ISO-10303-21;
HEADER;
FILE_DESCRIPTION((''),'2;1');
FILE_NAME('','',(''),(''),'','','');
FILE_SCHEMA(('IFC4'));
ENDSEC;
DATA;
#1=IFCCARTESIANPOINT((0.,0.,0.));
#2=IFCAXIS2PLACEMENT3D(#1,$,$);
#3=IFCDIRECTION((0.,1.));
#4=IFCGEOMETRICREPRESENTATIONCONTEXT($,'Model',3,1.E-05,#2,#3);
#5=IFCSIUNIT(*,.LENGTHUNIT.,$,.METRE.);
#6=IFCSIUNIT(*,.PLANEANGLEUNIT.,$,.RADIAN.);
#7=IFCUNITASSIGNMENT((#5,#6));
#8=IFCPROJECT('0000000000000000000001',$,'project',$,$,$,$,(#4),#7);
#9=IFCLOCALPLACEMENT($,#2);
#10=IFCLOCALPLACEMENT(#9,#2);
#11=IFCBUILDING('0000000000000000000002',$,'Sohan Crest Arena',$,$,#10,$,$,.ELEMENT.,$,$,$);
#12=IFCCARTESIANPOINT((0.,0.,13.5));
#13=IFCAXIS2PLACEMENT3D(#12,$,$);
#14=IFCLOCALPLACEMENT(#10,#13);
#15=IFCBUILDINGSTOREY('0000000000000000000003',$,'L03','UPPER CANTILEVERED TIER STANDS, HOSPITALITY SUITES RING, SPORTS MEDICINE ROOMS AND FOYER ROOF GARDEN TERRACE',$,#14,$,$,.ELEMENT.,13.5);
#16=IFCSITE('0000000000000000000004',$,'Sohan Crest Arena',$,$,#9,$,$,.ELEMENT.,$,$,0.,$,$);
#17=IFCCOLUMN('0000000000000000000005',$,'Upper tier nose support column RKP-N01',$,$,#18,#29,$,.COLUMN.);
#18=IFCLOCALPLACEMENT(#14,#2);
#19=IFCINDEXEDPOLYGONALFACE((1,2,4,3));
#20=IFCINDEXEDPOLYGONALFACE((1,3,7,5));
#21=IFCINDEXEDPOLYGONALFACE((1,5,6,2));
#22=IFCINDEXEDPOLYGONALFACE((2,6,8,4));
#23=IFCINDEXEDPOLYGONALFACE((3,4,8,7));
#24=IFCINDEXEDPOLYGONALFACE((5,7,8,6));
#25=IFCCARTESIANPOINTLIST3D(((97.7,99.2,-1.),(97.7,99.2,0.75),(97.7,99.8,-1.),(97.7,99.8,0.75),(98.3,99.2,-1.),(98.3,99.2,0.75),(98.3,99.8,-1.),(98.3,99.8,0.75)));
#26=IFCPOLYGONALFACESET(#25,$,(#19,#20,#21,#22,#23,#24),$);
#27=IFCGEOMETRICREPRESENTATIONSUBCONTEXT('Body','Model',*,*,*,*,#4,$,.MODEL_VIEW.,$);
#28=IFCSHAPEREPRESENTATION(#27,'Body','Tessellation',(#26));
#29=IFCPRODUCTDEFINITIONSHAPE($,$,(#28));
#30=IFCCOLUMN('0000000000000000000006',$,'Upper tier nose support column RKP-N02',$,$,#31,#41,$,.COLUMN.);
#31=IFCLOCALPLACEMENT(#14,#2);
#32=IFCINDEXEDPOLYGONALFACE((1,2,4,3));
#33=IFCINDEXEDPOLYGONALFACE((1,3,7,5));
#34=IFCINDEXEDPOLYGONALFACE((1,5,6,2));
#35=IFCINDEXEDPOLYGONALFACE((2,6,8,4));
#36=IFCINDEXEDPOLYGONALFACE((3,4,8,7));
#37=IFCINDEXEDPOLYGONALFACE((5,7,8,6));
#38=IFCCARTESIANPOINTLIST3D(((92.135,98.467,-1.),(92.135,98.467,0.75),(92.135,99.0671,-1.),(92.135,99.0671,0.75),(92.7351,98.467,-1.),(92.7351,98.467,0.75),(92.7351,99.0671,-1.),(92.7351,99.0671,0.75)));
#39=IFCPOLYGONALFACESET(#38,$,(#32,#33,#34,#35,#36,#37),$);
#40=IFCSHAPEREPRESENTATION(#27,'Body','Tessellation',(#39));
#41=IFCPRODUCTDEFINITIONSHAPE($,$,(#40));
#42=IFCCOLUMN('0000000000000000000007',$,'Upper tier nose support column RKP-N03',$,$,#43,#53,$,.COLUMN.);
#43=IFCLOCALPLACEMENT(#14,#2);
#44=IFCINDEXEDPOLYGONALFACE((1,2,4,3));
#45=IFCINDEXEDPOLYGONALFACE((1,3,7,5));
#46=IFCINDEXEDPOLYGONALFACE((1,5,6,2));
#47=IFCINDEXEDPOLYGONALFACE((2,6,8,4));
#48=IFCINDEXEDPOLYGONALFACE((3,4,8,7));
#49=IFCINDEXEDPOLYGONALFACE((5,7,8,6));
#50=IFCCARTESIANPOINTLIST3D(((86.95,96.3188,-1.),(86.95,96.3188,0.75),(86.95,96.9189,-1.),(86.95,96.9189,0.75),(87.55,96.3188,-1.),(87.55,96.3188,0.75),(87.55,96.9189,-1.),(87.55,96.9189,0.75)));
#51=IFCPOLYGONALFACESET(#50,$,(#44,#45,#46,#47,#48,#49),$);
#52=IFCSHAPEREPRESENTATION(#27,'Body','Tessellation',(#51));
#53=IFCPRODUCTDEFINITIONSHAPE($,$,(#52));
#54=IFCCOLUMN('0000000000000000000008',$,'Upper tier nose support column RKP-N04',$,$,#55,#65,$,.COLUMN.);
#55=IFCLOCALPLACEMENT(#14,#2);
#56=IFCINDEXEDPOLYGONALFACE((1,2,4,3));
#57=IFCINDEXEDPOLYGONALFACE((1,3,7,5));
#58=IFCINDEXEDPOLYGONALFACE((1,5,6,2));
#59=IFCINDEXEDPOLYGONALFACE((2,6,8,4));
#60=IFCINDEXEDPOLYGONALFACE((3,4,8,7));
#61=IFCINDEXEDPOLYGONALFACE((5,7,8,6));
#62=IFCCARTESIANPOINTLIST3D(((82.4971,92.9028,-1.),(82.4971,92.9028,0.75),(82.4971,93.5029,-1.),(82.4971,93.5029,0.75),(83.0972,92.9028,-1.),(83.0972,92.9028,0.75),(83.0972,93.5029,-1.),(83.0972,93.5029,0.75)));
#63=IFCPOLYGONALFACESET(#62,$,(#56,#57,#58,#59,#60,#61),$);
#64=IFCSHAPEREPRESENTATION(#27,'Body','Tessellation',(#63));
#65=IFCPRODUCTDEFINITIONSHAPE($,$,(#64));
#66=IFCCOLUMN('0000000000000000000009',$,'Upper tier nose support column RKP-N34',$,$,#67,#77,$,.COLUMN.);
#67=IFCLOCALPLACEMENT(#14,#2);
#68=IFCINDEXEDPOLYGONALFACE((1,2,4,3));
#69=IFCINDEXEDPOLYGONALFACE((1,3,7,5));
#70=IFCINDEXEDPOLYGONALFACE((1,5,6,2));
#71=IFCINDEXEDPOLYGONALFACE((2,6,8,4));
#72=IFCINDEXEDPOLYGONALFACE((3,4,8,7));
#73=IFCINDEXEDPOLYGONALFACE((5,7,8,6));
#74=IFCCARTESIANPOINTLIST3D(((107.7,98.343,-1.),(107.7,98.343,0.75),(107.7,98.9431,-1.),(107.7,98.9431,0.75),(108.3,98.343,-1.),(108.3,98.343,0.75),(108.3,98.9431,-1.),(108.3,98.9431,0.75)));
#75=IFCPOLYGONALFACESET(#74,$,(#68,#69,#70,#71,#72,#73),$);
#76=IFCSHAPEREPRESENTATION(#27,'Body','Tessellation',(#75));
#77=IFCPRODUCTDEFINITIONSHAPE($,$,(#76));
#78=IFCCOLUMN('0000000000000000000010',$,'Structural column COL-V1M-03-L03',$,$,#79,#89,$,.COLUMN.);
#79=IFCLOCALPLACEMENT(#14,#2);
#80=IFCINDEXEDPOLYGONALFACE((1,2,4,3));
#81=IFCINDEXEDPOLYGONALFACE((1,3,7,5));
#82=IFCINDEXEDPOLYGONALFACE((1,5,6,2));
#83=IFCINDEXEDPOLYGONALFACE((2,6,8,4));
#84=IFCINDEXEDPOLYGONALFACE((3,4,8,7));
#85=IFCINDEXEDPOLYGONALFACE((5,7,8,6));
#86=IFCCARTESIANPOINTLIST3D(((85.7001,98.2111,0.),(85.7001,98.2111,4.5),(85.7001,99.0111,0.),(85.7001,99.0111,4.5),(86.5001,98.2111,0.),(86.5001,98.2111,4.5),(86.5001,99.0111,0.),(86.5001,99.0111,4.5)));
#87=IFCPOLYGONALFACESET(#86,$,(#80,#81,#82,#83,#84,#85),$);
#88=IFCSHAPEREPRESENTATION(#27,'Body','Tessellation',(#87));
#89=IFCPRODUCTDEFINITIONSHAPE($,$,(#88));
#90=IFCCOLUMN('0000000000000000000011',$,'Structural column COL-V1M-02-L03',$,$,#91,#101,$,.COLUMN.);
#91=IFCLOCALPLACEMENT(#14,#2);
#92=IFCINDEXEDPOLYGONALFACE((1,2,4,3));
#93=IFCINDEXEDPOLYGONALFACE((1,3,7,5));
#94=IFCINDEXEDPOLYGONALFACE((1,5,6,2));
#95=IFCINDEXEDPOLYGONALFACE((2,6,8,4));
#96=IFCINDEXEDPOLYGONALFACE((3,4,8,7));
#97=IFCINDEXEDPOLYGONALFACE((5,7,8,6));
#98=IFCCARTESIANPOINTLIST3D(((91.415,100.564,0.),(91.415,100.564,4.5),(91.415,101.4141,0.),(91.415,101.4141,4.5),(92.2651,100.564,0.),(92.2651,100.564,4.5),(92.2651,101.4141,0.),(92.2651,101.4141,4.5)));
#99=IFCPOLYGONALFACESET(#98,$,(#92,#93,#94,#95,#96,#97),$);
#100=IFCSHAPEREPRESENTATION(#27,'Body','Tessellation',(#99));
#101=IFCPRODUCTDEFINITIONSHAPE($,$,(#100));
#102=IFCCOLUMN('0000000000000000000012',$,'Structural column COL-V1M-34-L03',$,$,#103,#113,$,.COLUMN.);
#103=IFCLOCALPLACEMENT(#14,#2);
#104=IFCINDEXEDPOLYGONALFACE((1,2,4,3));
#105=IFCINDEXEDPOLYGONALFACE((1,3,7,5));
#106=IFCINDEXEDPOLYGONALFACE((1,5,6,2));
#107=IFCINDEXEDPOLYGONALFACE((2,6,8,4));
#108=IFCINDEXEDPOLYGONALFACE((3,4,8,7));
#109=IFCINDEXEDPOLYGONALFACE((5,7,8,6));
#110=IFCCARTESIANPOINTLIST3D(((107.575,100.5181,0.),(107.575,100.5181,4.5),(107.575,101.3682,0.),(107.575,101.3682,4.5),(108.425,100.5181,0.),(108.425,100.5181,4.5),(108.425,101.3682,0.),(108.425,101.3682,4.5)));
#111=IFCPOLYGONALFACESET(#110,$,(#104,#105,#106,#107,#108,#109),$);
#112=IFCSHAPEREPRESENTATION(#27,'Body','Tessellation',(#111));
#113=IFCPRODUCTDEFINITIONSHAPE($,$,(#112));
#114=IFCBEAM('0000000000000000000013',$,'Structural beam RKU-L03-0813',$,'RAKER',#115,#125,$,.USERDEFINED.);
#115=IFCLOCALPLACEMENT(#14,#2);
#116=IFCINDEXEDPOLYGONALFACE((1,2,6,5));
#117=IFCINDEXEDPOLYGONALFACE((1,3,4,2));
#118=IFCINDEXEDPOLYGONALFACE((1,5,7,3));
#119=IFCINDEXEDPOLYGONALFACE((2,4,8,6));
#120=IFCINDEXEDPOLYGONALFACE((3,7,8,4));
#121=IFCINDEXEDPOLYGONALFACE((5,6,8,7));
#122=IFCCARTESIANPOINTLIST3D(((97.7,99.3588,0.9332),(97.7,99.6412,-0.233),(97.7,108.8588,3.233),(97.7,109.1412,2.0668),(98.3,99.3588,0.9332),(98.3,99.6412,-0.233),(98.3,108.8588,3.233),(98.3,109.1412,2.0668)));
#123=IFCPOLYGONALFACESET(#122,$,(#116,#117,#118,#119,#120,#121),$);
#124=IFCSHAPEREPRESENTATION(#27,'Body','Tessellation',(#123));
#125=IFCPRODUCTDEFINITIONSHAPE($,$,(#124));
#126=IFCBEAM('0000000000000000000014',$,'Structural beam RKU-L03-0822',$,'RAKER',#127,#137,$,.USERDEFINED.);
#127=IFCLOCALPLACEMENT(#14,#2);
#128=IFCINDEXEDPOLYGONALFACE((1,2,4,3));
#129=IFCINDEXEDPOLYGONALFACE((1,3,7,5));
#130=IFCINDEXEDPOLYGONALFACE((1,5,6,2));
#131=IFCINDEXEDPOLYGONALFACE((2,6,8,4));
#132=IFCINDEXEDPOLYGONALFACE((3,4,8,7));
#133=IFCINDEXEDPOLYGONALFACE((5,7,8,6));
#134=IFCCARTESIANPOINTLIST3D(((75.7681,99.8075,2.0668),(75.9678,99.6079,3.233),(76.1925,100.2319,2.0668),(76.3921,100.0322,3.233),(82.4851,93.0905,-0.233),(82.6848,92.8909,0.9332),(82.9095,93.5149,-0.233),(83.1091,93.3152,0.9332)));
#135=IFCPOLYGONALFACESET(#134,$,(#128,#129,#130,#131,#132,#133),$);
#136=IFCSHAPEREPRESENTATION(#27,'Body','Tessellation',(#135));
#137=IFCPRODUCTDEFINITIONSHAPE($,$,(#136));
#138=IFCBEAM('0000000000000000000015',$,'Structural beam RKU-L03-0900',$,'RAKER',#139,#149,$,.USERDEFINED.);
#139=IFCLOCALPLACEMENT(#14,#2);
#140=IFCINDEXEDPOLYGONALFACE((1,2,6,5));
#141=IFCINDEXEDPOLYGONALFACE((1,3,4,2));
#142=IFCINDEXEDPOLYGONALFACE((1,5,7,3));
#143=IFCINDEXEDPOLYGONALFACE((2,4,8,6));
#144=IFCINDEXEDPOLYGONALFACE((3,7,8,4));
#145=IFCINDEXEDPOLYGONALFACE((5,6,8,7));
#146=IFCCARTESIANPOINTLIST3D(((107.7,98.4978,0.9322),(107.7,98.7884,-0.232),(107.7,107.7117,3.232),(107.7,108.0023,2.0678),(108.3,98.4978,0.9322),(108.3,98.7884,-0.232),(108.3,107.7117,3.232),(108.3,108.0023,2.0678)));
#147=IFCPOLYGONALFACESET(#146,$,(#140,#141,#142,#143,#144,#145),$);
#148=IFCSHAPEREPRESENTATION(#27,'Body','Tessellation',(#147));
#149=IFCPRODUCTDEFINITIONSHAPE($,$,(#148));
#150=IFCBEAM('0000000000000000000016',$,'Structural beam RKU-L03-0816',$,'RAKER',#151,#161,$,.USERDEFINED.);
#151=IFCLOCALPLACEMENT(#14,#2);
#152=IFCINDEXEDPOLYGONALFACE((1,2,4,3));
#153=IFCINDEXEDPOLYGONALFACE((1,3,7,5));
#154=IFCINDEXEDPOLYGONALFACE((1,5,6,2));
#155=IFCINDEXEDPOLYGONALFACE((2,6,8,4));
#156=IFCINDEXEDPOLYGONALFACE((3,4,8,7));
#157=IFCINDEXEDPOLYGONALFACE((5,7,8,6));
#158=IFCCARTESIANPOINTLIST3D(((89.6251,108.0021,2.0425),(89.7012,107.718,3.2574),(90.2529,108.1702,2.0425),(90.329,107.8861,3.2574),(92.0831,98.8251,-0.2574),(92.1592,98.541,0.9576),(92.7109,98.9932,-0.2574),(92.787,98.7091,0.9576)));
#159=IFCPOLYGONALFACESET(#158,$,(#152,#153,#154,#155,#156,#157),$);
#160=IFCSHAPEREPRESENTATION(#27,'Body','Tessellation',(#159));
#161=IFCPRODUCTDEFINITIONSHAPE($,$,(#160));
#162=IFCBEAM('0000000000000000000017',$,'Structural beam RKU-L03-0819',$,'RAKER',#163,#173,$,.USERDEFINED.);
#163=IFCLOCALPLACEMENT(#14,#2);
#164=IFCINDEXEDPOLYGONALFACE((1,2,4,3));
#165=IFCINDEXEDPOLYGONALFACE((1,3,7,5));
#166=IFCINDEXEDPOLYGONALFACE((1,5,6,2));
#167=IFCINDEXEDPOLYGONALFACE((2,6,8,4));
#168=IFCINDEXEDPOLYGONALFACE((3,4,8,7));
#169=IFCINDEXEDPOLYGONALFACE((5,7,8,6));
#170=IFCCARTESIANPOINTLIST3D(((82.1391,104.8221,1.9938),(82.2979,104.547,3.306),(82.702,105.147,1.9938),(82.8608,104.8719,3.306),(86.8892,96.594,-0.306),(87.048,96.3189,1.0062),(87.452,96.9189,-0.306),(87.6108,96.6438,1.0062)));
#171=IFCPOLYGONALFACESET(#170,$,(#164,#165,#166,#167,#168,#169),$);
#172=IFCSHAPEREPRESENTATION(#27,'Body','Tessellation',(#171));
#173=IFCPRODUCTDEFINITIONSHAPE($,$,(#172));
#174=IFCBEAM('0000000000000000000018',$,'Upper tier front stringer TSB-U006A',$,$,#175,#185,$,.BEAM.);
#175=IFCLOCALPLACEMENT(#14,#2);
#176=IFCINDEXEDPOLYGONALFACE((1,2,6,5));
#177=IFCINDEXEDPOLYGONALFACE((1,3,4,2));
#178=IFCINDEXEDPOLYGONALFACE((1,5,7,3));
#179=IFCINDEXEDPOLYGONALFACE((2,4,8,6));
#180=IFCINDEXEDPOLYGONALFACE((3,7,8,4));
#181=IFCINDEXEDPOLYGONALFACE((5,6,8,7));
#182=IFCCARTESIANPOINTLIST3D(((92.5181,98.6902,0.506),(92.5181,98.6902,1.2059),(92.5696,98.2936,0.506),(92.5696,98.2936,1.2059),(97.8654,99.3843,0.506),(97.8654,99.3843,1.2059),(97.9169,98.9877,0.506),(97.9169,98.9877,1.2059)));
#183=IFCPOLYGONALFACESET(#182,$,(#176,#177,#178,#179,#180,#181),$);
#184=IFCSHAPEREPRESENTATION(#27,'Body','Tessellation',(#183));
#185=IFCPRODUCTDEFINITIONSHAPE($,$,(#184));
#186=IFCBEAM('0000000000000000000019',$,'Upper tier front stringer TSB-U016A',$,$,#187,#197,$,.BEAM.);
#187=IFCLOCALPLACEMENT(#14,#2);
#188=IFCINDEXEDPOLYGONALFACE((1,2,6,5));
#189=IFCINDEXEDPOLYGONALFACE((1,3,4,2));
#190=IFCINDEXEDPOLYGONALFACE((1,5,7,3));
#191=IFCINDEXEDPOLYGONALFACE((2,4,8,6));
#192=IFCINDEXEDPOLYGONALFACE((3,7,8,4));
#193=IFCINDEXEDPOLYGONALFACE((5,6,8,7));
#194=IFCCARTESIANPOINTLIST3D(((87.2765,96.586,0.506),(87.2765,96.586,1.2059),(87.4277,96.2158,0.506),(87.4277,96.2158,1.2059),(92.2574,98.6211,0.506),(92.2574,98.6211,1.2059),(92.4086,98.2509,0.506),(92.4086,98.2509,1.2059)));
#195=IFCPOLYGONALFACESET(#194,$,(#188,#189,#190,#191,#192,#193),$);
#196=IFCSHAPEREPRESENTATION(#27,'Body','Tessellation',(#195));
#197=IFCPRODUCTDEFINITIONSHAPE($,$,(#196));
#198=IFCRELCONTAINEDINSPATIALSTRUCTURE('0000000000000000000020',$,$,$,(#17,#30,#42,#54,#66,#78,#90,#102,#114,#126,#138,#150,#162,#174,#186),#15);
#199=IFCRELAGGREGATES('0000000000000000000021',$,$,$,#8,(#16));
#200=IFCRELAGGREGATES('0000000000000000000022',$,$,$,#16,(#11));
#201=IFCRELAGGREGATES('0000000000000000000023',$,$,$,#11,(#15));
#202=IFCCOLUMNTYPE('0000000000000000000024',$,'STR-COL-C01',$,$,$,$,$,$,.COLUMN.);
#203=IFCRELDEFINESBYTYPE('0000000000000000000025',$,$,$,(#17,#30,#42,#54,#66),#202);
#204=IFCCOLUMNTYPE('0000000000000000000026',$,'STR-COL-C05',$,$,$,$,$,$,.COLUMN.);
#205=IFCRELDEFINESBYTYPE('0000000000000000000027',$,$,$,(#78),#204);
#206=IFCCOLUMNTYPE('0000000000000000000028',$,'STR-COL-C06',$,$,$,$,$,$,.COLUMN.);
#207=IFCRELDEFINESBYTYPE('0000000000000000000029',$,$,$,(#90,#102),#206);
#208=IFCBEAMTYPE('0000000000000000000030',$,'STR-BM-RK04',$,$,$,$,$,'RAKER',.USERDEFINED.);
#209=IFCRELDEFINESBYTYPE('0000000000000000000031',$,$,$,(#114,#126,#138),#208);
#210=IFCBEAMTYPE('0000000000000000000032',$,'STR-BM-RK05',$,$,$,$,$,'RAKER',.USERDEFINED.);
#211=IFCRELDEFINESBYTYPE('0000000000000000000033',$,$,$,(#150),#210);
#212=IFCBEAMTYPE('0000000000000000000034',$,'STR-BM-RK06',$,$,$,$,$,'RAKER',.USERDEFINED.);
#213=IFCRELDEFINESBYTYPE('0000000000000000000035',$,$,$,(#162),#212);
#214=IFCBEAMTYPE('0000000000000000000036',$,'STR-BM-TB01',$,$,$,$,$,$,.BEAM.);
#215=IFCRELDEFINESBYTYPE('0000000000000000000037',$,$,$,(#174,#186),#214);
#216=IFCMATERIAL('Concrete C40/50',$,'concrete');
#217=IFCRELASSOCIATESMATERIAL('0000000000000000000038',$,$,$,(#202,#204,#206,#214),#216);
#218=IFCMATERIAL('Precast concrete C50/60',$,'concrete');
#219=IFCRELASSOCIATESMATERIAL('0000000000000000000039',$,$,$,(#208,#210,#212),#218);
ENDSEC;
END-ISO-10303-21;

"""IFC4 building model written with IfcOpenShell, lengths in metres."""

from ifc_helpers import new_model, si_unit, direction, frame, origin, origin_2d, place, context, subcontext, project, spatial, rectangle, extrude, material, material_profile, profile_set, type_object, element, save


model = new_model("IFC4")

# Units and contexts
model_context = context("Model", 3, precision=1e-05, world=origin(), true_north=direction((0.0, 1.0)))
body_context = subcontext(model_context, "Body", "Model", "MODEL_VIEW")
ifc_project = project(units=[si_unit("LENGTHUNIT", "METRE"), si_unit("PLANEANGLEUNIT", "RADIAN")], contexts=[model_context])

# Site, building, storey
site_placement = place(None, origin())
site = spatial("IfcSite", under=ifc_project, at=site_placement, Name="Sohan Crest Arena", CompositionType="ELEMENT", RefElevation=0.0)
building_placement = place(site_placement, origin())
building = spatial("IfcBuilding", under=site, at=building_placement, Name="Sohan Crest Arena", CompositionType="ELEMENT")
storey_placement = place(building_placement, frame((0.0, 0.0, 13.5)))
storey = spatial("IfcBuildingStorey", under=building, at=storey_placement, Name="L03", Description="UPPER CANTILEVERED TIER STANDS, HOSPITALITY SUITES RING, SPORTS MEDICINE ROOMS AND FOYER ROOF GARDEN TERRACE", CompositionType="ELEMENT", Elevation=13.5)

# Columns
ifc_material_1 = material(Name="Concrete C40/50", Category="concrete")
ifc_material_profile_1 = material_profile(ifc_material_1, rectangle(XDim=0.6001, YDim=0.6001, at=origin_2d()), Name="RC 600x600")
ifc_profile_set_1 = profile_set([ifc_material_profile_1], Name="Concrete C40/50")
column_type_1 = type_object("IfcColumnType", Name="STR-COL-C01", PredefinedType="COLUMN", material=ifc_profile_set_1)
for number, where, z_axis, x_axis, name in (
    (1, (98.0, 99.5, -1.0), (0.0, 0.0, 1.0), (1.0, 0.0, 0.0), "Upper tier nose support column RKP-N01"),
    (2, (92.4351, 98.7671, -1.0), (0.0, 0.0, 1.0), (1.0, 0.0, 0.0), "Upper tier nose support column RKP-N02"),
    (3, (87.25, 96.6189, -1.0), (0.0, 0.0, 1.0), (1.0, 0.0, 0.0), "Upper tier nose support column RKP-N03"),
    (4, (82.7971, 93.2029, -1.0), (0.0, 0.0, 1.0), (1.0, 0.0, 0.0), "Upper tier nose support column RKP-N04"),
    (5, (108.0, 98.6431, -1.0), (0.0, 0.0, 1.0), (1.0, 0.0, 0.0), "Upper tier nose support column RKP-N34"),
):
    element("IfcColumn", number, at=place(storey_placement, frame(where, z_axis=z_axis, x_axis=x_axis)), inside=storey, type_object=column_type_1, Name=name, PredefinedType="COLUMN", context=body_context, shape_type="SweptSolid", body=[
        extrude(rectangle(XDim=0.6001, YDim=0.6001, at=origin_2d()), origin(), (0.0, 0.0, 1.0), 1.75),
    ])
ifc_material_profile_2 = material_profile(ifc_material_1, rectangle(XDim=0.8, YDim=0.8, at=origin_2d()), Name="RC 800x800")
ifc_profile_set_2 = profile_set([ifc_material_profile_2], Name="Concrete C40/50")
column_type_2 = type_object("IfcColumnType", Name="STR-COL-C05", PredefinedType="COLUMN", material=ifc_profile_set_2)
column_placement = place(storey_placement, frame((86.1001, 98.6111, 0.0), z_axis=(0.0, 0.0, 1.0), x_axis=(1.0, 0.0, 0.0)))
element("IfcColumn", 6, at=column_placement, inside=storey, type_object=column_type_2, Name="Structural column COL-V1M-03-L03", PredefinedType="COLUMN", context=body_context, shape_type="SweptSolid", body=[
    extrude(rectangle(XDim=0.8, YDim=0.8, at=origin_2d()), origin(), (0.0, 0.0, 1.0), 4.5),
])
ifc_material_profile_3 = material_profile(ifc_material_1, rectangle(XDim=0.8501, YDim=0.8501, at=origin_2d()), Name="RC 850x850")
ifc_profile_set_3 = profile_set([ifc_material_profile_3], Name="Concrete C40/50")
column_type_3 = type_object("IfcColumnType", Name="STR-COL-C06", PredefinedType="COLUMN", material=ifc_profile_set_3)
for number, where, z_axis, x_axis, name in (
    (7, (91.8401, 100.989, 0.0), (0.0, 0.0, 1.0), (1.0, 0.0, 0.0), "Structural column COL-V1M-02-L03"),
    (8, (108.0, 100.9431, 0.0), (0.0, 0.0, 1.0), (1.0, 0.0, 0.0), "Structural column COL-V1M-34-L03"),
):
    element("IfcColumn", number, at=place(storey_placement, frame(where, z_axis=z_axis, x_axis=x_axis)), inside=storey, type_object=column_type_3, Name=name, PredefinedType="COLUMN", context=body_context, shape_type="SweptSolid", body=[
        extrude(rectangle(XDim=0.8501, YDim=0.8501, at=origin_2d()), origin(), (0.0, 0.0, 1.0), 4.5),
    ])

# Beams
ifc_material_2 = material(Name="Precast concrete C50/60", Category="concrete")
ifc_material_profile_4 = material_profile(ifc_material_2, rectangle(XDim=0.6001, YDim=1.2, at=origin_2d()), Name="RAKER 600x1200")
ifc_profile_set_4 = profile_set([ifc_material_profile_4], Name="Precast concrete C50/60")
beam_type_1 = type_object("IfcBeamType", Name="STR-BM-RK04", ElementType="RAKER", PredefinedType="USERDEFINED", material=ifc_profile_set_4)
beam_1_placement = place(storey_placement, frame((98.0, 99.5, 0.3501), z_axis=(0.0, 0.971926, 0.235288), x_axis=(-1.0, 0.0, 0.0)))
element("IfcBeam", 9, at=beam_1_placement, inside=storey, type_object=beam_type_1, Name="Structural beam RKU-L03-0813", ObjectType="RAKER", PredefinedType="USERDEFINED", context=body_context, shape_type="SweptSolid", body=[
    extrude(rectangle(XDim=0.6001, YDim=1.2, at=origin_2d()), origin(), (0.0, 0.0, 1.0), 9.7744),
])
beam_2_placement = place(storey_placement, frame((82.7971, 93.2029, 0.3501), z_axis=(-0.687253, 0.687253, 0.235304), x_axis=(-0.707107, -0.707107, 0.0)))
element("IfcBeam", 10, at=beam_2_placement, inside=storey, type_object=beam_type_1, Name="Structural beam RKU-L03-0822", ObjectType="RAKER", PredefinedType="USERDEFINED", context=body_context, shape_type="SweptSolid", body=[
    extrude(rectangle(XDim=0.6001, YDim=1.2, at=origin_2d()), origin(), (0.0, 0.0, 1.0), 9.7737),
])
beam_3_placement = place(storey_placement, frame((108.0, 98.6431, 0.3501), z_axis=(0.0, 0.970233, 0.242173), x_axis=(-1.0, 0.0, 0.0)))
element("IfcBeam", 11, at=beam_3_placement, inside=storey, type_object=beam_type_1, Name="Structural beam RKU-L03-0900", ObjectType="RAKER", PredefinedType="USERDEFINED", context=body_context, shape_type="SweptSolid", body=[
    extrude(rectangle(XDim=0.6001, YDim=1.2, at=origin_2d()), origin(), (0.0, 0.0, 1.0), 9.4966),
])
ifc_material_profile_5 = material_profile(ifc_material_2, rectangle(XDim=0.6499, YDim=1.25, at=origin_2d()), Name="RAKER 650x1250")
ifc_profile_set_5 = profile_set([ifc_material_profile_5], Name="Precast concrete C50/60")
beam_type_2 = type_object("IfcBeamType", Name="STR-BM-RK05", ElementType="RAKER", PredefinedType="USERDEFINED", material=ifc_profile_set_5)
beam_4_placement = place(storey_placement, frame((92.4351, 98.7671, 0.3501), z_axis=(-0.251462, 0.938835, 0.235277), x_axis=(-0.965951, -0.258725, 0.0)))
element("IfcBeam", 12, at=beam_4_placement, inside=storey, type_object=beam_type_2, Name="Structural beam RKU-L03-0816", ObjectType="RAKER", PredefinedType="USERDEFINED", context=body_context, shape_type="SweptSolid", body=[
    extrude(rectangle(XDim=0.6499, YDim=1.25, at=origin_2d()), origin(), (0.0, 0.0, 1.0), 9.7749),
])
ifc_material_profile_6 = material_profile(ifc_material_2, rectangle(XDim=0.6499, YDim=1.3501, at=origin_2d()), Name="RAKER 650x1350")
ifc_profile_set_6 = profile_set([ifc_material_profile_6], Name="Precast concrete C50/60")
beam_type_3 = type_object("IfcBeamType", Name="STR-BM-RK06", ElementType="RAKER", PredefinedType="USERDEFINED", material=ifc_profile_set_6)
beam_5_placement = place(storey_placement, frame((87.25, 96.6189, 0.3501), z_axis=(-0.48593, 0.841736, 0.235272), x_axis=(-0.866046, -0.499964, 0.0)))
element("IfcBeam", 13, at=beam_5_placement, inside=storey, type_object=beam_type_3, Name="Structural beam RKU-L03-0819", ObjectType="RAKER", PredefinedType="USERDEFINED", context=body_context, shape_type="SweptSolid", body=[
    extrude(rectangle(XDim=0.6499, YDim=1.3501, at=origin_2d()), origin(), (0.0, 0.0, 1.0), 9.7751),
])
ifc_material_profile_7 = material_profile(ifc_material_1, rectangle(XDim=0.3999, YDim=0.7, at=origin_2d()), Name="RC-BM 400x700")
ifc_profile_set_7 = profile_set([ifc_material_profile_7], Name="Concrete C40/50")
beam_type_4 = type_object("IfcBeamType", Name="STR-BM-TB01", PredefinedType="BEAM", material=ifc_profile_set_7)
beam_6_placement = place(storey_placement, frame((97.8911, 99.186, 0.856), z_axis=(-0.99168, -0.128726, 0.0), x_axis=(0.128726, -0.99168, 0.0)))
element("IfcBeam", 14, at=beam_6_placement, inside=storey, type_object=beam_type_4, Name="Upper tier front stringer TSB-U006A", PredefinedType="BEAM", context=body_context, shape_type="SweptSolid", body=[
    extrude(rectangle(XDim=0.3999, YDim=0.7, at=origin_2d()), origin(), (0.0, 0.0, 1.0), 5.3921),
])
beam_7_placement = place(storey_placement, frame((92.333, 98.436, 0.856), z_axis=(-0.92571, -0.378234, 0.0), x_axis=(0.378234, -0.92571, 0.0)))
element("IfcBeam", 15, at=beam_7_placement, inside=storey, type_object=beam_type_4, Name="Upper tier front stringer TSB-U016A", PredefinedType="BEAM", context=body_context, shape_type="SweptSolid", body=[
    extrude(rectangle(XDim=0.3999, YDim=0.7, at=origin_2d()), origin(), (0.0, 0.0, 1.0), 5.3806),
])

save(model, "model.ifc")
